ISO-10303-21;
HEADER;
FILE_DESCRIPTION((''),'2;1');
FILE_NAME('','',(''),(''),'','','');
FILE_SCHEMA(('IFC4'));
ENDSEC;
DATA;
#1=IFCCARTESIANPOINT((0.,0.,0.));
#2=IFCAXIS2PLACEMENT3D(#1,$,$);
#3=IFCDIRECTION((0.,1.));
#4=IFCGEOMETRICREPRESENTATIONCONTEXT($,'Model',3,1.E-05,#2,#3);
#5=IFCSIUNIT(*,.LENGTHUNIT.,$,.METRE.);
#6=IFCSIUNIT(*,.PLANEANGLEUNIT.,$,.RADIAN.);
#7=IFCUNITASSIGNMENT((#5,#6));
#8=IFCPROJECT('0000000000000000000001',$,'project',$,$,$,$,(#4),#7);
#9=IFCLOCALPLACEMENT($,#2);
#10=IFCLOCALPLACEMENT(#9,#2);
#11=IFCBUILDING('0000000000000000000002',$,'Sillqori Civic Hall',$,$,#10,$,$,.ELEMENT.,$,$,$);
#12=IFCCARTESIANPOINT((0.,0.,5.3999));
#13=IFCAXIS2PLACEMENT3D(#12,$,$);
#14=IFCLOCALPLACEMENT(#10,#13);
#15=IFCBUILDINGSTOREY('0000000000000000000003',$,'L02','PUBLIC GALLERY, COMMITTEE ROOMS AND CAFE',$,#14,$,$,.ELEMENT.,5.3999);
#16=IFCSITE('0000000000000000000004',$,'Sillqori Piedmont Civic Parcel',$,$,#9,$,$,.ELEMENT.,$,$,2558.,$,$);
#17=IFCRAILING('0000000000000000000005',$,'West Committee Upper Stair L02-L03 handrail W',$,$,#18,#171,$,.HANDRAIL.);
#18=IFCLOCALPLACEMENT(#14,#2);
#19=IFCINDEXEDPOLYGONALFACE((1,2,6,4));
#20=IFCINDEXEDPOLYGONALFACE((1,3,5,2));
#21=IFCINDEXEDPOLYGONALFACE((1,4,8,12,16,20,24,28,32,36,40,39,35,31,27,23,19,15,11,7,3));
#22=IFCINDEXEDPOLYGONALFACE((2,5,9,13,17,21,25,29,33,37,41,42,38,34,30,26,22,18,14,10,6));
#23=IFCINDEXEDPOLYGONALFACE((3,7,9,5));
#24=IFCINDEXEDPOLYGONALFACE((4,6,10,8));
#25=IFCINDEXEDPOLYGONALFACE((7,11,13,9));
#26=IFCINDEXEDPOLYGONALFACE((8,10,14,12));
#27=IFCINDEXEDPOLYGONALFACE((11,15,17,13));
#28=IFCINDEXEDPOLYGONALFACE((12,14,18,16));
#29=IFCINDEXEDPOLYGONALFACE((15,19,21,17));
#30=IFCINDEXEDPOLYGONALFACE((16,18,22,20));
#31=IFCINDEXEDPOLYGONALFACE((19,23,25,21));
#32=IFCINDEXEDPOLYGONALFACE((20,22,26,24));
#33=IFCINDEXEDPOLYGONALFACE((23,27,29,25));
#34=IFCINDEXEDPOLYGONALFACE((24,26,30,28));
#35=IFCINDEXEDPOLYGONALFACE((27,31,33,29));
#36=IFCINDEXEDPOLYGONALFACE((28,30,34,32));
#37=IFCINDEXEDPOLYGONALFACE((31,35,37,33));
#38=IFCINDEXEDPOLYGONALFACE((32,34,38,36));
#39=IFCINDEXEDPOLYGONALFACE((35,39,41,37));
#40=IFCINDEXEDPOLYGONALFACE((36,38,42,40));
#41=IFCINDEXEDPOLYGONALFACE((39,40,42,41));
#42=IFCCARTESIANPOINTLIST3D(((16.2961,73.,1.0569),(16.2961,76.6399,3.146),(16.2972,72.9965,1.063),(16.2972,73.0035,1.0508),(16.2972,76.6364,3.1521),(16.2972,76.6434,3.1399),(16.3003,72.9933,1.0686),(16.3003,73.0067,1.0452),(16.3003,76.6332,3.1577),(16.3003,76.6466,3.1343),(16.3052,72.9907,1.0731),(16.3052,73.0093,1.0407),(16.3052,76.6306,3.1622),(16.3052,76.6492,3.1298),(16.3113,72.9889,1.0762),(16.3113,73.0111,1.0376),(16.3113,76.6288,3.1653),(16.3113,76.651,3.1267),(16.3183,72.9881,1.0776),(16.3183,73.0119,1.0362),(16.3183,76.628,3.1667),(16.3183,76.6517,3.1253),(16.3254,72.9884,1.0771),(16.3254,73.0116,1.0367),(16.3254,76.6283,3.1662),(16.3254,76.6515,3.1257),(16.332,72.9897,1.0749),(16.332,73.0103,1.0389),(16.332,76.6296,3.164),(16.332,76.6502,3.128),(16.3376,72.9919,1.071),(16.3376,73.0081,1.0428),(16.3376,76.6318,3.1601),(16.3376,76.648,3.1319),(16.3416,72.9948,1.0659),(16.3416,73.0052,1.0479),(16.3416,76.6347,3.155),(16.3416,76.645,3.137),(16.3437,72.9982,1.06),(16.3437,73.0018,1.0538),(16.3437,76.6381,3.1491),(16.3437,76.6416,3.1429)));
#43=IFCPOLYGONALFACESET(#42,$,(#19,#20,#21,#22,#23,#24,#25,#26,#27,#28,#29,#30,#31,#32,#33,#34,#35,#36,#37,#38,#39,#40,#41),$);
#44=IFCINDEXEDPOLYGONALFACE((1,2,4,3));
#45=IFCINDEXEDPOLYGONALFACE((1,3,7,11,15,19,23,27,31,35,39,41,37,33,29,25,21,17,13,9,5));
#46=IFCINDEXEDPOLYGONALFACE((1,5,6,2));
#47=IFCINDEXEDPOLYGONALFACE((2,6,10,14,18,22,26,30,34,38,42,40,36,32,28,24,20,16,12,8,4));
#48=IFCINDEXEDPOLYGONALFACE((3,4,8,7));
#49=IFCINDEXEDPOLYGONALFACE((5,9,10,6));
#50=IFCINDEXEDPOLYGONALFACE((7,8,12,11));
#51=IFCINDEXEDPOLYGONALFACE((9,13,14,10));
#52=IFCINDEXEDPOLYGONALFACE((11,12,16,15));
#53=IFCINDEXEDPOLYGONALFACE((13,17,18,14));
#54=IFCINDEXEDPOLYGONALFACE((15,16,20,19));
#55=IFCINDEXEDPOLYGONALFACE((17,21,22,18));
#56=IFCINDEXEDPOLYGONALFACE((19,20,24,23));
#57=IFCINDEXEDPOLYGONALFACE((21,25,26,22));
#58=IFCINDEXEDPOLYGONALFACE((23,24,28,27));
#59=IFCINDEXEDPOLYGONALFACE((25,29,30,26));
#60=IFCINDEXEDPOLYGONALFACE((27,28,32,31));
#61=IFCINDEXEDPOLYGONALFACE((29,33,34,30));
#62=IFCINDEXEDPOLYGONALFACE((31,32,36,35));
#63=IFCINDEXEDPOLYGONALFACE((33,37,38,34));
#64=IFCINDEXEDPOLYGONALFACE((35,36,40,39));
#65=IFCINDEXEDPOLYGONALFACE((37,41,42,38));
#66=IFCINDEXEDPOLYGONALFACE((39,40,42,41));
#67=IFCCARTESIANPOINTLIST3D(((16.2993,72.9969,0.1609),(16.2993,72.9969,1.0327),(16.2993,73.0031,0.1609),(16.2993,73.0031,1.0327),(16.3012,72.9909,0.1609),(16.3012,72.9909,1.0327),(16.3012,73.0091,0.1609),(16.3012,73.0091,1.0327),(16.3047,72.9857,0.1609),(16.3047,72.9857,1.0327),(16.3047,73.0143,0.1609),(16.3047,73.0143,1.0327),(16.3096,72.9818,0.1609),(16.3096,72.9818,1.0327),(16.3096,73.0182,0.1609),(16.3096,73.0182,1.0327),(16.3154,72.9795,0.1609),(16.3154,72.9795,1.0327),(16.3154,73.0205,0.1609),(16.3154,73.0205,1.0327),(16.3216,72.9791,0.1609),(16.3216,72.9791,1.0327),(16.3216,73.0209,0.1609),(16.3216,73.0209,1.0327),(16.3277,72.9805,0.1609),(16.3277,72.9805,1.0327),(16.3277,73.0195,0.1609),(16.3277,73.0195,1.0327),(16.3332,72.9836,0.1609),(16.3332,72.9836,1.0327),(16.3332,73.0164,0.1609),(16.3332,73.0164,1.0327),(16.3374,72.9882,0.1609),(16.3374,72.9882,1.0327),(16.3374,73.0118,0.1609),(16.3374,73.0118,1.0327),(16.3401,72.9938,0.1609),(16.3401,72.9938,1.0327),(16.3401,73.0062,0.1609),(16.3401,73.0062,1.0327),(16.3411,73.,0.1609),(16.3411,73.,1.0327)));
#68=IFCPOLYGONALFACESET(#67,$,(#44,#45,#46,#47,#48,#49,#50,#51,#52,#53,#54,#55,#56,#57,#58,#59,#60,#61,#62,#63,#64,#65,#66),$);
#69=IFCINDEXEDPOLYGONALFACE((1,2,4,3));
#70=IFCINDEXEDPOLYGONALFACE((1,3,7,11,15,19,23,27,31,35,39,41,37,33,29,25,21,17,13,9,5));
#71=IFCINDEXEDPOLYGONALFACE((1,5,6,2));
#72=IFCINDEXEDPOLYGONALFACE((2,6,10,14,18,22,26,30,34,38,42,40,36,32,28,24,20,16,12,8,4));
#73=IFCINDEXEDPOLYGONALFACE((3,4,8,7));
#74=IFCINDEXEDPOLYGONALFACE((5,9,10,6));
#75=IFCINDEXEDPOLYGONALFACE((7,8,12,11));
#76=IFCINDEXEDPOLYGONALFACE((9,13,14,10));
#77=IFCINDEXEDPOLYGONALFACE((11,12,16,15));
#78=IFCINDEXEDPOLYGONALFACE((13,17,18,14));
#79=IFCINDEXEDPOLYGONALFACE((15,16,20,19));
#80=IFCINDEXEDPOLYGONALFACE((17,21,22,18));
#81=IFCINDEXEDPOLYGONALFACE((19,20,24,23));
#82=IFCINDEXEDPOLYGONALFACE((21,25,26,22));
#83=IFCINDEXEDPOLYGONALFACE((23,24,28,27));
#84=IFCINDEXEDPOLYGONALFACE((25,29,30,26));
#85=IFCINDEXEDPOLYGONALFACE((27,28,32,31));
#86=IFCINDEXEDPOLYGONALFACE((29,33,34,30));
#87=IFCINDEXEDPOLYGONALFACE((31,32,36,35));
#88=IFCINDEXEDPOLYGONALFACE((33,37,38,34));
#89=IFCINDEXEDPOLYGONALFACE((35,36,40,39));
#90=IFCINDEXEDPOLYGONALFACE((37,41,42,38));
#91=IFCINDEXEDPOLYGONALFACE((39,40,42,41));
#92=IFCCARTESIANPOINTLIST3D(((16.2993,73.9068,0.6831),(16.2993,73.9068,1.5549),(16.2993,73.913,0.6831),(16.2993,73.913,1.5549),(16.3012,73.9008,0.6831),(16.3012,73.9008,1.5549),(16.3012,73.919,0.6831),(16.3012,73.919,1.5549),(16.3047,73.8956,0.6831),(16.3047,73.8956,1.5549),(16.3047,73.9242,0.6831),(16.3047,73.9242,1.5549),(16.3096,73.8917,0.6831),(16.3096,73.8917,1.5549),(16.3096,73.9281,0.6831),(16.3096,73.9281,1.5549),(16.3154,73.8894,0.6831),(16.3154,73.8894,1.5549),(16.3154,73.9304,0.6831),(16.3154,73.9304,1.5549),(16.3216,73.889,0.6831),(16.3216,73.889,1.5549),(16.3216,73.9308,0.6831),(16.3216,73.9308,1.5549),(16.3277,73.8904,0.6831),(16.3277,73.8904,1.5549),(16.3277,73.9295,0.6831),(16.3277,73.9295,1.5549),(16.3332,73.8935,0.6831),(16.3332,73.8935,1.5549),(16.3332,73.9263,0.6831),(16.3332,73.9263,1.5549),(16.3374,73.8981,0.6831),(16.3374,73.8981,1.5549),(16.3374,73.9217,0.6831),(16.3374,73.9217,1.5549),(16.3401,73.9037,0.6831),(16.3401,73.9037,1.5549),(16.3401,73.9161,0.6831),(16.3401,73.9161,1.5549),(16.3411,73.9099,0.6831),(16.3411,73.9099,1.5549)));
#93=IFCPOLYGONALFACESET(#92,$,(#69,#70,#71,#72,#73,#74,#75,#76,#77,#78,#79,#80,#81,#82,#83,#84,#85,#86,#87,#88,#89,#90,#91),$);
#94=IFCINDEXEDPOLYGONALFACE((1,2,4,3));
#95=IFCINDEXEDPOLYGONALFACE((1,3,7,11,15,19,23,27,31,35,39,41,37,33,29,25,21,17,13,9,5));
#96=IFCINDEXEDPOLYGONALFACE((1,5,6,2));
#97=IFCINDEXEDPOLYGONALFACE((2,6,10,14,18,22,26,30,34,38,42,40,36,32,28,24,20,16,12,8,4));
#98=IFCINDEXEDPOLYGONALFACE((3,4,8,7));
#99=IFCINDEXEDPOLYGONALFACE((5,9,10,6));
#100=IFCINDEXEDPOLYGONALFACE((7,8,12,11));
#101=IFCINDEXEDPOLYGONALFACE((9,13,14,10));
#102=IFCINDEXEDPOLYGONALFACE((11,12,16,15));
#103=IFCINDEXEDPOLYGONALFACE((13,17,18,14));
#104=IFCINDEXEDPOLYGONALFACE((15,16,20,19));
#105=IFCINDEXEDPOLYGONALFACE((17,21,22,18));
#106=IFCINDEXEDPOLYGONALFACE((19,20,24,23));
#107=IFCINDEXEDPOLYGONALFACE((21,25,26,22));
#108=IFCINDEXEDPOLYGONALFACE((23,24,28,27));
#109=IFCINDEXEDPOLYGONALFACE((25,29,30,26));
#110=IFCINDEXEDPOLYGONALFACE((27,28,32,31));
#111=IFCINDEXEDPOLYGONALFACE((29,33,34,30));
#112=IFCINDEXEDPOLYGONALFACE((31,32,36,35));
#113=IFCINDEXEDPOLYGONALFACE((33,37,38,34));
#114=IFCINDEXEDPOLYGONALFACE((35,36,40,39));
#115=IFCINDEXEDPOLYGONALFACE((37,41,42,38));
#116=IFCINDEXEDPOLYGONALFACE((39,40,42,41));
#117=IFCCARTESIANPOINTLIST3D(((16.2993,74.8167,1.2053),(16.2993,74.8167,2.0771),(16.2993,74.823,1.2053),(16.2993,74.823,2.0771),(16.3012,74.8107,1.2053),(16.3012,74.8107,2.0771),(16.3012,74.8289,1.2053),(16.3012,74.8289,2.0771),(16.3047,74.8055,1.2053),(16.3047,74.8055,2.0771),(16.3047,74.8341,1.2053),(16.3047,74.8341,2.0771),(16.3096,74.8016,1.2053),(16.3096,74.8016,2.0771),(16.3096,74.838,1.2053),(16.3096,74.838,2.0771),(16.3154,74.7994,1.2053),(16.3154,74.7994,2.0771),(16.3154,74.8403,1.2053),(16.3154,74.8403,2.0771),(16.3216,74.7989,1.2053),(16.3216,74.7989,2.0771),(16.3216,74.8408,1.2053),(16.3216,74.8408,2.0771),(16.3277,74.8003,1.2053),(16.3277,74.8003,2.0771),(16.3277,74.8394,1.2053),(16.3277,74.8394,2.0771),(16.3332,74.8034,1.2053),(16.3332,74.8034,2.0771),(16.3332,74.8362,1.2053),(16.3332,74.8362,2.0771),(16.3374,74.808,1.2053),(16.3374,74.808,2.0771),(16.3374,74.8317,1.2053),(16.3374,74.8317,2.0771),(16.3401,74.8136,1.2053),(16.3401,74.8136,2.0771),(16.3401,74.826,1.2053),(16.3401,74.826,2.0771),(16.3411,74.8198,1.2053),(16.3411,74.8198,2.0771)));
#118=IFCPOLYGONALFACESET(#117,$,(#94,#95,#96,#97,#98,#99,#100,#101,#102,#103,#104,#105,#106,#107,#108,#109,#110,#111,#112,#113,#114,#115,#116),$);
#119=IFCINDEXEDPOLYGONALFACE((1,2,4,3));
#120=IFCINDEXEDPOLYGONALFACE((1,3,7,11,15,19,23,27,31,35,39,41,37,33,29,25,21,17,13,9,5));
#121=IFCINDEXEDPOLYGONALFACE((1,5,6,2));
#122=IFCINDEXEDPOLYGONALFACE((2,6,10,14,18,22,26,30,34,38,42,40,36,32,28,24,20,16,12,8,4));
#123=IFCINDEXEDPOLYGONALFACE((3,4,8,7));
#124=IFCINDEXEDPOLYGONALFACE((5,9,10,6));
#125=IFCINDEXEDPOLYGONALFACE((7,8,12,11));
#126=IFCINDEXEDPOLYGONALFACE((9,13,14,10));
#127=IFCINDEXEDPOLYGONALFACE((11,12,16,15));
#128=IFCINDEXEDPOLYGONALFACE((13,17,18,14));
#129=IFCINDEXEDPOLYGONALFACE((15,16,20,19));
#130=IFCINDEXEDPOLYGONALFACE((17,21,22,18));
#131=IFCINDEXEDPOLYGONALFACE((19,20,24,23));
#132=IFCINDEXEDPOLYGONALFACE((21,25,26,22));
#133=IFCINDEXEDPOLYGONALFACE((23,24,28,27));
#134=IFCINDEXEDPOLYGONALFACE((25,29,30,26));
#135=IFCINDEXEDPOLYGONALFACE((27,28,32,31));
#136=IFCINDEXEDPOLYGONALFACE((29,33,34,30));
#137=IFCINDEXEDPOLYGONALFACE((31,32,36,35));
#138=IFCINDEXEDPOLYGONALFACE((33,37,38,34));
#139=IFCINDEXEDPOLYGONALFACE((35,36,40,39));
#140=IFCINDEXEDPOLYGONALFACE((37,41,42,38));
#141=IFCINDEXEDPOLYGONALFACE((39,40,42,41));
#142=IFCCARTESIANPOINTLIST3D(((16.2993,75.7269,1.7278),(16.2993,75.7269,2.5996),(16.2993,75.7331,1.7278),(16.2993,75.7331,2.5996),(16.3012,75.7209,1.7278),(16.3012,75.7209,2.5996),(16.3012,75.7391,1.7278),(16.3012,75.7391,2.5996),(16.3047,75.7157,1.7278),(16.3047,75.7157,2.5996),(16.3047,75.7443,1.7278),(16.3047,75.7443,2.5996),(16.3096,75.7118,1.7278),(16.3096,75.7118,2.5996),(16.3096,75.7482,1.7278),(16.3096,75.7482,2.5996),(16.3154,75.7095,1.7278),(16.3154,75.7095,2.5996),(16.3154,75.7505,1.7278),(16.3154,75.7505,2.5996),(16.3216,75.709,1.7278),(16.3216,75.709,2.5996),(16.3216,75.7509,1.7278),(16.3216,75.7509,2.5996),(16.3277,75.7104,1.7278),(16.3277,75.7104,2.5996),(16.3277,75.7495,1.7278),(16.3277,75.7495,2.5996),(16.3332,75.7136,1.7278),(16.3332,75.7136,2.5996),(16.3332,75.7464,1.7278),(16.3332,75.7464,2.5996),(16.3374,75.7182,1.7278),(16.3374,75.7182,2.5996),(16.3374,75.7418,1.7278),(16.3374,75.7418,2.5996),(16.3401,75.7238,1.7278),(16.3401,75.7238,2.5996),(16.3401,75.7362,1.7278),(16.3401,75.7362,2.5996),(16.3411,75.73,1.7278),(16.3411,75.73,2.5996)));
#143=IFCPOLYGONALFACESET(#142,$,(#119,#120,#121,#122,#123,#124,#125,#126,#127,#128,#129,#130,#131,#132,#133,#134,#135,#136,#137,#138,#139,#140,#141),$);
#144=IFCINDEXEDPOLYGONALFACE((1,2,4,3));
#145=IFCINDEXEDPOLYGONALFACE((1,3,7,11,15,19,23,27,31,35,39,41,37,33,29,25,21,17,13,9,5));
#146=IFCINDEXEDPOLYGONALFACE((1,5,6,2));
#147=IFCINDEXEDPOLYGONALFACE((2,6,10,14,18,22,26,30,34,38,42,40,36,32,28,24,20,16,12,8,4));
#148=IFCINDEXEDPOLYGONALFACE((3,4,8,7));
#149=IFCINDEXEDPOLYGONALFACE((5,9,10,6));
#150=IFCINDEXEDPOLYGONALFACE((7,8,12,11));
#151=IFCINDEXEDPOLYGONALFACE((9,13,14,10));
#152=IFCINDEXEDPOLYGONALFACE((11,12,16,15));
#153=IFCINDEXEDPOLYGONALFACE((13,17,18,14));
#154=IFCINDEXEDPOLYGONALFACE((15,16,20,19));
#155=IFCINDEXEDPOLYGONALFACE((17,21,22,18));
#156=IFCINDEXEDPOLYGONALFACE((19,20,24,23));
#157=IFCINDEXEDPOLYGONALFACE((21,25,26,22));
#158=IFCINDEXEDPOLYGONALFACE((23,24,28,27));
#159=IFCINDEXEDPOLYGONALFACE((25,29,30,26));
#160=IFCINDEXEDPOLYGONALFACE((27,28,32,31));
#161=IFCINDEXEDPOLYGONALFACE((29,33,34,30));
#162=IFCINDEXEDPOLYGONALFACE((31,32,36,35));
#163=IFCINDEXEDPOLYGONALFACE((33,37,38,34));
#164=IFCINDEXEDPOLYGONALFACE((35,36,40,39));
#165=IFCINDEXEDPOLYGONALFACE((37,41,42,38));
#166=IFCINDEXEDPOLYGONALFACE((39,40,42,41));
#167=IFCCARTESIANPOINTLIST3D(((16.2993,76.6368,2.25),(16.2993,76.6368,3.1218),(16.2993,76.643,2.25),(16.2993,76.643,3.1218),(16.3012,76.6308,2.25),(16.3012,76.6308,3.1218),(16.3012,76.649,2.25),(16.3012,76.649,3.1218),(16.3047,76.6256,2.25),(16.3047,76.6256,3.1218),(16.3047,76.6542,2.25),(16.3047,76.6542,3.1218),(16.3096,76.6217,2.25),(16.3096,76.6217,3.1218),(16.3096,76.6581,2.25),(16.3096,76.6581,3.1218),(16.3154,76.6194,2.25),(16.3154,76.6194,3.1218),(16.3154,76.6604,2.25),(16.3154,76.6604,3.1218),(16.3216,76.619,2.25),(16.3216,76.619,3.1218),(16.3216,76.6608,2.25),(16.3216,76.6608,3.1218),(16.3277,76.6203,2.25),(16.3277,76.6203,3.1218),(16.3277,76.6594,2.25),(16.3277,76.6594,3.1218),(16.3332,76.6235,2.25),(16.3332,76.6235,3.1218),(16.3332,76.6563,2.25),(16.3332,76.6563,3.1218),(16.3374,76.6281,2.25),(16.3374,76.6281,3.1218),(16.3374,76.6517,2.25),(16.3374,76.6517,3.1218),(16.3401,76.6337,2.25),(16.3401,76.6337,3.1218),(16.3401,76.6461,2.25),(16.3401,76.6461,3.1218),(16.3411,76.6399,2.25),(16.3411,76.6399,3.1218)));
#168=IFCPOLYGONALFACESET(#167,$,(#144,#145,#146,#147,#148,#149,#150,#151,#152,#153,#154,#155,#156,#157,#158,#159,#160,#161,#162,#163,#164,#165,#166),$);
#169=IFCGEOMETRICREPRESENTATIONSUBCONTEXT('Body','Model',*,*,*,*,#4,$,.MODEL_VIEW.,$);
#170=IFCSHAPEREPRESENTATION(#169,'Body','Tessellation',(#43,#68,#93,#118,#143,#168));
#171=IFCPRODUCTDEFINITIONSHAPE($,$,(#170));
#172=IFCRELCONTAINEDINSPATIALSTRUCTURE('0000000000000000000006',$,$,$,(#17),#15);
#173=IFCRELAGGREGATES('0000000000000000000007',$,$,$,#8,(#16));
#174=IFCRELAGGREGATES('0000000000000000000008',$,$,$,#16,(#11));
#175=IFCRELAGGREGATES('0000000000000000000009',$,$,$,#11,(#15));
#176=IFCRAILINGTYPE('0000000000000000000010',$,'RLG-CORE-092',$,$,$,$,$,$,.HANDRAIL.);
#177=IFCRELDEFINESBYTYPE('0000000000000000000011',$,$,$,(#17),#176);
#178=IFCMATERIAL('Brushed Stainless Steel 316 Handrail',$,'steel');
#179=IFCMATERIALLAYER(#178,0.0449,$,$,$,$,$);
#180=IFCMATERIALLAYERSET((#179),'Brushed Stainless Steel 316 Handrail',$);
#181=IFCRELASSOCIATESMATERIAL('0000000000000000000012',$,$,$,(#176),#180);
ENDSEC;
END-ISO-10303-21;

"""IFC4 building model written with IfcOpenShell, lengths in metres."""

from ifc_helpers import new_model, si_unit, direction, frame, origin, origin_2d, place, context, subcontext, project, spatial, circle, extrude, material, layer, layer_set, type_object, element, save


model = new_model("IFC4")

# Units and contexts
model_context = context("Model", 3, precision=1e-05, world=origin(), true_north=direction((0.0, 1.0)))
body_context = subcontext(model_context, "Body", "Model", "MODEL_VIEW")
ifc_project = project(units=[si_unit("LENGTHUNIT", "METRE"), si_unit("PLANEANGLEUNIT", "RADIAN")], contexts=[model_context])

# Site, building, storey
site_placement = place(None, origin())
site = spatial("IfcSite", under=ifc_project, at=site_placement, Name="Sillqori Piedmont Civic Parcel", CompositionType="ELEMENT", RefElevation=2558.0)
building_placement = place(site_placement, origin())
building = spatial("IfcBuilding", under=site, at=building_placement, Name="Sillqori Civic Hall", CompositionType="ELEMENT")
storey_placement = place(building_placement, frame((0.0, 0.0, 5.3999)))
storey = spatial("IfcBuildingStorey", under=building, at=storey_placement, Name="L02", Description="PUBLIC GALLERY, COMMITTEE ROOMS AND CAFE", CompositionType="ELEMENT", Elevation=5.3999)

# Railing
ifc_material_1 = material(Name="Brushed Stainless Steel 316 Handrail", Category="steel")
ifc_layer_1 = layer(ifc_material_1, 0.0449)
ifc_layer_set_1 = layer_set([ifc_layer_1], Name="Brushed Stainless Steel 316 Handrail")
railing_type_1 = type_object("IfcRailingType", Name="RLG-CORE-092", PredefinedType="HANDRAIL", material=ifc_layer_set_1)
railing_1_placement = place(storey_placement, frame((16.3201, 73.0, 0.1609)))
element("IfcRailing", 1, at=railing_1_placement, inside=storey, type_object=railing_type_1, Name="West Committee Upper Stair L02-L03 handrail W", PredefinedType="HANDRAIL", context=body_context, shape_type="SweptSolid", body=[
    extrude(circle(Radius=0.0239, at=origin_2d()), frame((0.0, 0.0, 0.896), z_axis=(0.0, 0.8673, 0.497786), x_axis=(-1.0, 0.0, 0.0)), (0.0, 0.0, 1.0), 4.1968),
    extrude(circle(Radius=0.021, at=origin_2d()), origin(), (0.0, 0.0, 1.0), 0.8718),
    extrude(circle(Radius=0.021, at=origin_2d()), frame((0.0, 0.9099, 0.5222)), (0.0, 0.0, 1.0), 0.8718),
    extrude(circle(Radius=0.021, at=origin_2d()), frame((0.0, 1.8198, 1.0444)), (0.0, 0.0, 1.0), 0.8718),
    extrude(circle(Radius=0.021, at=origin_2d()), frame((0.0, 2.73, 1.5669)), (0.0, 0.0, 1.0), 0.8718),
    extrude(circle(Radius=0.021, at=origin_2d()), frame((0.0, 3.6399, 2.0891)), (0.0, 0.0, 1.0), 0.8718),
])

save(model, "model.ifc")
